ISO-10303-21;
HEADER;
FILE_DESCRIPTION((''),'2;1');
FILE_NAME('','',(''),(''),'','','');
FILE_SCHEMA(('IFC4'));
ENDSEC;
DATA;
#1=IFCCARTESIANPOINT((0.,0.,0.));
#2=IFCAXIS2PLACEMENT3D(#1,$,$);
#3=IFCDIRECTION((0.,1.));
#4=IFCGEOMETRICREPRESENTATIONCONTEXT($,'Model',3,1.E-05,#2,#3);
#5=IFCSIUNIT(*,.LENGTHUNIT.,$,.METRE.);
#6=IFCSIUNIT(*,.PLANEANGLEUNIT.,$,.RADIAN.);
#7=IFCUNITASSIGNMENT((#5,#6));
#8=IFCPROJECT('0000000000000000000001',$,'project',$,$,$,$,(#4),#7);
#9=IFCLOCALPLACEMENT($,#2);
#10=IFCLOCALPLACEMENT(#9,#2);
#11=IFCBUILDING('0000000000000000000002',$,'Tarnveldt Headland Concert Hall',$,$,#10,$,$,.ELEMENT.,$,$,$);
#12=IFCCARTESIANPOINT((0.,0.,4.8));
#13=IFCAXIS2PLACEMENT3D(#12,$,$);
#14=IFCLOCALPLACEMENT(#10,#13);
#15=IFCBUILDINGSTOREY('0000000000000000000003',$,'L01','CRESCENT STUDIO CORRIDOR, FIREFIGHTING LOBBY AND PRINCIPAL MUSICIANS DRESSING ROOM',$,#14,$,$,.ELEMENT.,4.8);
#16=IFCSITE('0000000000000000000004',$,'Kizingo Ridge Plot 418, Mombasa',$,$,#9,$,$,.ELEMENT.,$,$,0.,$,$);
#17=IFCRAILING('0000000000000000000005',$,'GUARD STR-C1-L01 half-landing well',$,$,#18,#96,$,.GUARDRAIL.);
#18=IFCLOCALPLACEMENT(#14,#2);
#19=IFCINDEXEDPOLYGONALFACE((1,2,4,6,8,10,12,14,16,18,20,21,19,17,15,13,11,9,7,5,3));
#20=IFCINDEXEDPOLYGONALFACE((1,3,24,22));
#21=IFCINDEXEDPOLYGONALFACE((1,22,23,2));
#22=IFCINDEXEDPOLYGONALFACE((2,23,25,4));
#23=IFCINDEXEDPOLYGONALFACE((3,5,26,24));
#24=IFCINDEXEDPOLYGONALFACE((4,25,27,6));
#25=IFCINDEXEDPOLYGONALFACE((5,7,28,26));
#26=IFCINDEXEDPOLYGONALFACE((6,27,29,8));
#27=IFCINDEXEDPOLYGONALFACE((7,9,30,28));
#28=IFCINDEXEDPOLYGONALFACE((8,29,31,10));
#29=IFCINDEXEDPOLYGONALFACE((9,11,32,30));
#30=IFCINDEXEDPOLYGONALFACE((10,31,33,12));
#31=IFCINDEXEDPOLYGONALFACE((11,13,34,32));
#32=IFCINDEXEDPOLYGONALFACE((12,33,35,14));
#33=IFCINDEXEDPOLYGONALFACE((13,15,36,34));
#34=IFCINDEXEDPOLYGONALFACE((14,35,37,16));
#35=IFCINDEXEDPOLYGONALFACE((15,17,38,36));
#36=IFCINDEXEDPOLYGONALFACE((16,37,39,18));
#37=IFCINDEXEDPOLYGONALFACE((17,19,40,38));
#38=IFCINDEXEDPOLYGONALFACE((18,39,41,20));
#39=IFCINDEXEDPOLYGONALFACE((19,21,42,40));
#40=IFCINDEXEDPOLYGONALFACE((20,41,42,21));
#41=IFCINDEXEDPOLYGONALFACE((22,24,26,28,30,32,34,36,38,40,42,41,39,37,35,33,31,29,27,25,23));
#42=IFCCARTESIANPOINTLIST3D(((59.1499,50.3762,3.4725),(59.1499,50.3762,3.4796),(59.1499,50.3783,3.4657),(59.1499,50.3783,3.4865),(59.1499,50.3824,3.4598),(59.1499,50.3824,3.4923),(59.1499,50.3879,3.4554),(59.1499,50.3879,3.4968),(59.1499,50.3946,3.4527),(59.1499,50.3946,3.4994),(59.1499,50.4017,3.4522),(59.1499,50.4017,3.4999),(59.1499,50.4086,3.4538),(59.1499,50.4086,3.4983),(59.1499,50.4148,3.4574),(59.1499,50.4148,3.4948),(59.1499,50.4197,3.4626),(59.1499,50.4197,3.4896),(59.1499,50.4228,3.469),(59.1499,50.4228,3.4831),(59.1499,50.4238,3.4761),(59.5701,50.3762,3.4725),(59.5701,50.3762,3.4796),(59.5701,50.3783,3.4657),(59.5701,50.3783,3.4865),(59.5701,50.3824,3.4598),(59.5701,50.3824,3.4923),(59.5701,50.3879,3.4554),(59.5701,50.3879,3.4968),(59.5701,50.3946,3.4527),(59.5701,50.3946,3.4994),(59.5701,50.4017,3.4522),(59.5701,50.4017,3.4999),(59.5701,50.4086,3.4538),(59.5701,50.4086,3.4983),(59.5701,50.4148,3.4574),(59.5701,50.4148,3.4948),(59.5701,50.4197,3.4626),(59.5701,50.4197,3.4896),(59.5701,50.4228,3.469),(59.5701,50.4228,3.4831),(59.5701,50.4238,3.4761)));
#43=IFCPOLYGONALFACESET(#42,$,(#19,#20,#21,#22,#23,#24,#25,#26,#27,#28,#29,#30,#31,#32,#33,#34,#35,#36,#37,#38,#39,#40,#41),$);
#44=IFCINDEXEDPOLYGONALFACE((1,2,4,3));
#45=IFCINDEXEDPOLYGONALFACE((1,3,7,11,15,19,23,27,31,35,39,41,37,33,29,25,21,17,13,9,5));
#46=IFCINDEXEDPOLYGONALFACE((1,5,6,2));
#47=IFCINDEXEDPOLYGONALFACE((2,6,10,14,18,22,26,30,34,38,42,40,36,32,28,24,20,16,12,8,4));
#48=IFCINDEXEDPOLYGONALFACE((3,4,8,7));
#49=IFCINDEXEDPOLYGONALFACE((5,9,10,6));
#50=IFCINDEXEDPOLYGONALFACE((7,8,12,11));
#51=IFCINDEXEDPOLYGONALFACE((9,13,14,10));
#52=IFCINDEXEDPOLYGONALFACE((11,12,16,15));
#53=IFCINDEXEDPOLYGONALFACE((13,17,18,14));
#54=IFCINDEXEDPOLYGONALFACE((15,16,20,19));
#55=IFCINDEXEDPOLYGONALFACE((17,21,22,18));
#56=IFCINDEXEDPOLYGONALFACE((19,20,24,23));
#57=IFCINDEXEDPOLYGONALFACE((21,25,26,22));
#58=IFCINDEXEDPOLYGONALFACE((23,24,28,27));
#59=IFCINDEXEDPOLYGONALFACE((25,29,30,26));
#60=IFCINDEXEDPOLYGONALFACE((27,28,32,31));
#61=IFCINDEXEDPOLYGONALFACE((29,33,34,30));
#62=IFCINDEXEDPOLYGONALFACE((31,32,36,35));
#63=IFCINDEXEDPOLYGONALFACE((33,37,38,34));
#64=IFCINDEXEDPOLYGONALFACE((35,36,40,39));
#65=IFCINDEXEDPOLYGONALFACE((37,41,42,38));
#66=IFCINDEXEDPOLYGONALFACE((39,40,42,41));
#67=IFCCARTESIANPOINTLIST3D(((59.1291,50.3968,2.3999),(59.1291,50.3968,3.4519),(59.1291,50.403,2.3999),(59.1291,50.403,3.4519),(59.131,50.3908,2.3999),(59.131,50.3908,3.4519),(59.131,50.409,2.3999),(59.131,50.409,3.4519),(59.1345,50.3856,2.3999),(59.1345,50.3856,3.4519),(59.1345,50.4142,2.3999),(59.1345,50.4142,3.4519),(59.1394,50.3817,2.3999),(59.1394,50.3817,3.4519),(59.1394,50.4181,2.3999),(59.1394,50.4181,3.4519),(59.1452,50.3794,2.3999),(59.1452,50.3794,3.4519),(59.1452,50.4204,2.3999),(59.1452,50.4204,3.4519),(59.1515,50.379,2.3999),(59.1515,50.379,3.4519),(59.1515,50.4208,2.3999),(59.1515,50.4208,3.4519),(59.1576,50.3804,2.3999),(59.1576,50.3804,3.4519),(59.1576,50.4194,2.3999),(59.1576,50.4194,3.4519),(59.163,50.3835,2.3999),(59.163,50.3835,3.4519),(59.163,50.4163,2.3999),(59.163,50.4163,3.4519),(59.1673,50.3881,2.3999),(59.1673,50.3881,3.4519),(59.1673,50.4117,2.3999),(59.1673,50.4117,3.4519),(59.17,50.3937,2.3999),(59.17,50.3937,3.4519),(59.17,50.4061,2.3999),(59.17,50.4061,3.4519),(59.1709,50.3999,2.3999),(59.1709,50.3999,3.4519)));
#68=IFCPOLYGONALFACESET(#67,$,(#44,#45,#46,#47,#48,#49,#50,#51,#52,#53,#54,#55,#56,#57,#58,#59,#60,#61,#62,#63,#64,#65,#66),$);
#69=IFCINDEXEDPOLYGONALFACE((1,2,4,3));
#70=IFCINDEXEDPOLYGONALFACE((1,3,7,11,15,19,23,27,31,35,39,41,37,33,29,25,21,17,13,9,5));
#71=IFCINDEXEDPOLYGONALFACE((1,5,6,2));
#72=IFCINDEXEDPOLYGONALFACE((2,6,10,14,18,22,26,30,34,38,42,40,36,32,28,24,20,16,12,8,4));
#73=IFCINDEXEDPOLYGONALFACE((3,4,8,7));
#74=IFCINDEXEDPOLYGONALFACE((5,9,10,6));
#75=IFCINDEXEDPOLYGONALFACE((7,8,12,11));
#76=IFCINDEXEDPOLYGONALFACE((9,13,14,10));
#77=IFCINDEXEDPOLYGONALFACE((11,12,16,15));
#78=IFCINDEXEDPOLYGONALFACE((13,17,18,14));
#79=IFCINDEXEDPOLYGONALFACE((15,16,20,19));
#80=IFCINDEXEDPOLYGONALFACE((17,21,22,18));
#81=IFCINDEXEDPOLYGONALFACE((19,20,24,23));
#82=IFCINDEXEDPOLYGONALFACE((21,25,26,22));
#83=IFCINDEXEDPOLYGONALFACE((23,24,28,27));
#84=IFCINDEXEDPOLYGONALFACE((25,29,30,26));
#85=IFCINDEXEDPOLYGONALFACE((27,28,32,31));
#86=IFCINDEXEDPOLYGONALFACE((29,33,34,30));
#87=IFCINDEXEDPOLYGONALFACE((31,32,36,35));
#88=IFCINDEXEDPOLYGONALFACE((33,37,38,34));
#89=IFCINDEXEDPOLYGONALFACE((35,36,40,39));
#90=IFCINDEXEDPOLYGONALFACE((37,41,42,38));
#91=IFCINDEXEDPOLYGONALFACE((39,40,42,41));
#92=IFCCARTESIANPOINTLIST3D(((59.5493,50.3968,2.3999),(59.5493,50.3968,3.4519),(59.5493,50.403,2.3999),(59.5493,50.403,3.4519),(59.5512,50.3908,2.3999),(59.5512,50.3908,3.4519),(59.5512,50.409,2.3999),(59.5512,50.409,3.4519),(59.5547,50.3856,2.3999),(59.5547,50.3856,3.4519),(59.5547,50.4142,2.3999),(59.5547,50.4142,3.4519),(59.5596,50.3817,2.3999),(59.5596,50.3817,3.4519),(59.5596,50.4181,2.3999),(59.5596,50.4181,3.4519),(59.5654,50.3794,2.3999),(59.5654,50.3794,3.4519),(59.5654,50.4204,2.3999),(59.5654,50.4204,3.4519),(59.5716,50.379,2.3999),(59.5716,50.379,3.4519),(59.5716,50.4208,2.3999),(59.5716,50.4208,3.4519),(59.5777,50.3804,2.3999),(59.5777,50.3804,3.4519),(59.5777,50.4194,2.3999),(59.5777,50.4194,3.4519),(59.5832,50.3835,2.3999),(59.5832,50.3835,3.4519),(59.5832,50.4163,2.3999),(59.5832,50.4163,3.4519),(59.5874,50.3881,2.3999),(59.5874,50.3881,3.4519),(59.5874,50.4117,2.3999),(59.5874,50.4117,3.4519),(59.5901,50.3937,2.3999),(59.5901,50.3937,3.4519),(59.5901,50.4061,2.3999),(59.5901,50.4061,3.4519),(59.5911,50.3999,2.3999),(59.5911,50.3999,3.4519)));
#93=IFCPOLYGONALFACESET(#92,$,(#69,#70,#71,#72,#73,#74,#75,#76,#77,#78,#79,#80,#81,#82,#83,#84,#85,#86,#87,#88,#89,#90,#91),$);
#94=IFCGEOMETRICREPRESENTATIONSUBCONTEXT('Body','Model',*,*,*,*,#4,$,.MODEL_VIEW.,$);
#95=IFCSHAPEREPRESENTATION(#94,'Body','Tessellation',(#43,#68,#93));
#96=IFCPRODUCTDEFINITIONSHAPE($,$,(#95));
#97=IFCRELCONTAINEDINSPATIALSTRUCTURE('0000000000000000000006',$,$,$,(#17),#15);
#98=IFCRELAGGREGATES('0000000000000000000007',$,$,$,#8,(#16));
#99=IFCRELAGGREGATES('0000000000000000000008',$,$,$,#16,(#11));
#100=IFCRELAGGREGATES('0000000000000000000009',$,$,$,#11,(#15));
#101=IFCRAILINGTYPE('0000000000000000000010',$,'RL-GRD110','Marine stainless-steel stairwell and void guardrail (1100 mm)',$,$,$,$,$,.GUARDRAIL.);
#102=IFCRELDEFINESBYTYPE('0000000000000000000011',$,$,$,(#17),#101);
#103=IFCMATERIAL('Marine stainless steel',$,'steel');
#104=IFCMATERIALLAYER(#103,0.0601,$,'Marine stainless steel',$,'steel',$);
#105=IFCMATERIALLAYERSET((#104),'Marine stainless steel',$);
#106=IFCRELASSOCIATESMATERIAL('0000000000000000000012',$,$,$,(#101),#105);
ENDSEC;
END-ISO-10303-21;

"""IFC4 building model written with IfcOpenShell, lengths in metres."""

from ifc_helpers import new_model, si_unit, direction, frame, origin, origin_2d, place, context, subcontext, project, spatial, circle, extrude, material, layer, layer_set, type_object, element, save


model = new_model("IFC4")

# Units and contexts
model_context = context("Model", 3, precision=1e-05, world=origin(), true_north=direction((0.0, 1.0)))
body_context = subcontext(model_context, "Body", "Model", "MODEL_VIEW")
ifc_project = project(units=[si_unit("LENGTHUNIT", "METRE"), si_unit("PLANEANGLEUNIT", "RADIAN")], contexts=[model_context])

# Site, building, storey
site_placement = place(None, origin())
site = spatial("IfcSite", under=ifc_project, at=site_placement, Name="Kizingo Ridge Plot 418, Mombasa", CompositionType="ELEMENT", RefElevation=0.0)
building_placement = place(site_placement, origin())
building = spatial("IfcBuilding", under=site, at=building_placement, Name="Tarnveldt Headland Concert Hall", CompositionType="ELEMENT")
storey_placement = place(building_placement, frame((0.0, 0.0, 4.8)))
storey = spatial("IfcBuildingStorey", under=building, at=storey_placement, Name="L01", Description="CRESCENT STUDIO CORRIDOR, FIREFIGHTING LOBBY AND PRINCIPAL MUSICIANS DRESSING ROOM", CompositionType="ELEMENT", Elevation=4.8)

# Railing
ifc_material_1 = material(Name="Marine stainless steel", Category="steel")
ifc_layer_1 = layer(ifc_material_1, 0.0601, Name="Marine stainless steel", Category="steel")
ifc_layer_set_1 = layer_set([ifc_layer_1], Name="Marine stainless steel")
railing_type_1 = type_object("IfcRailingType", Name="RL-GRD110", Description="Marine stainless-steel stairwell and void guardrail (1100 mm)", PredefinedType="GUARDRAIL", material=ifc_layer_set_1)
railing_1_placement = place(storey_placement, frame((59.1499, 50.3999, 2.3999)))
element("IfcRailing", 1, at=railing_1_placement, inside=storey, type_object=railing_type_1, Name="GUARD STR-C1-L01 half-landing well", PredefinedType="GUARDRAIL", context=body_context, shape_type="SweptSolid", body=[
    extrude(circle(Radius=0.0239, at=origin_2d()), frame((0.0, 0.0, 1.0762), z_axis=(1.0, 0.0, 0.0), x_axis=(0.0, 1.0, 0.0)), (0.0, 0.0, 1.0), 0.4202),
    extrude(circle(Radius=0.021, at=origin_2d()), origin(), (0.0, 0.0, 1.0), 1.052),
    extrude(circle(Radius=0.021, at=origin_2d()), frame((0.4202, 0.0, 0.0)), (0.0, 0.0, 1.0), 1.052),
])

save(model, "model.ifc")
